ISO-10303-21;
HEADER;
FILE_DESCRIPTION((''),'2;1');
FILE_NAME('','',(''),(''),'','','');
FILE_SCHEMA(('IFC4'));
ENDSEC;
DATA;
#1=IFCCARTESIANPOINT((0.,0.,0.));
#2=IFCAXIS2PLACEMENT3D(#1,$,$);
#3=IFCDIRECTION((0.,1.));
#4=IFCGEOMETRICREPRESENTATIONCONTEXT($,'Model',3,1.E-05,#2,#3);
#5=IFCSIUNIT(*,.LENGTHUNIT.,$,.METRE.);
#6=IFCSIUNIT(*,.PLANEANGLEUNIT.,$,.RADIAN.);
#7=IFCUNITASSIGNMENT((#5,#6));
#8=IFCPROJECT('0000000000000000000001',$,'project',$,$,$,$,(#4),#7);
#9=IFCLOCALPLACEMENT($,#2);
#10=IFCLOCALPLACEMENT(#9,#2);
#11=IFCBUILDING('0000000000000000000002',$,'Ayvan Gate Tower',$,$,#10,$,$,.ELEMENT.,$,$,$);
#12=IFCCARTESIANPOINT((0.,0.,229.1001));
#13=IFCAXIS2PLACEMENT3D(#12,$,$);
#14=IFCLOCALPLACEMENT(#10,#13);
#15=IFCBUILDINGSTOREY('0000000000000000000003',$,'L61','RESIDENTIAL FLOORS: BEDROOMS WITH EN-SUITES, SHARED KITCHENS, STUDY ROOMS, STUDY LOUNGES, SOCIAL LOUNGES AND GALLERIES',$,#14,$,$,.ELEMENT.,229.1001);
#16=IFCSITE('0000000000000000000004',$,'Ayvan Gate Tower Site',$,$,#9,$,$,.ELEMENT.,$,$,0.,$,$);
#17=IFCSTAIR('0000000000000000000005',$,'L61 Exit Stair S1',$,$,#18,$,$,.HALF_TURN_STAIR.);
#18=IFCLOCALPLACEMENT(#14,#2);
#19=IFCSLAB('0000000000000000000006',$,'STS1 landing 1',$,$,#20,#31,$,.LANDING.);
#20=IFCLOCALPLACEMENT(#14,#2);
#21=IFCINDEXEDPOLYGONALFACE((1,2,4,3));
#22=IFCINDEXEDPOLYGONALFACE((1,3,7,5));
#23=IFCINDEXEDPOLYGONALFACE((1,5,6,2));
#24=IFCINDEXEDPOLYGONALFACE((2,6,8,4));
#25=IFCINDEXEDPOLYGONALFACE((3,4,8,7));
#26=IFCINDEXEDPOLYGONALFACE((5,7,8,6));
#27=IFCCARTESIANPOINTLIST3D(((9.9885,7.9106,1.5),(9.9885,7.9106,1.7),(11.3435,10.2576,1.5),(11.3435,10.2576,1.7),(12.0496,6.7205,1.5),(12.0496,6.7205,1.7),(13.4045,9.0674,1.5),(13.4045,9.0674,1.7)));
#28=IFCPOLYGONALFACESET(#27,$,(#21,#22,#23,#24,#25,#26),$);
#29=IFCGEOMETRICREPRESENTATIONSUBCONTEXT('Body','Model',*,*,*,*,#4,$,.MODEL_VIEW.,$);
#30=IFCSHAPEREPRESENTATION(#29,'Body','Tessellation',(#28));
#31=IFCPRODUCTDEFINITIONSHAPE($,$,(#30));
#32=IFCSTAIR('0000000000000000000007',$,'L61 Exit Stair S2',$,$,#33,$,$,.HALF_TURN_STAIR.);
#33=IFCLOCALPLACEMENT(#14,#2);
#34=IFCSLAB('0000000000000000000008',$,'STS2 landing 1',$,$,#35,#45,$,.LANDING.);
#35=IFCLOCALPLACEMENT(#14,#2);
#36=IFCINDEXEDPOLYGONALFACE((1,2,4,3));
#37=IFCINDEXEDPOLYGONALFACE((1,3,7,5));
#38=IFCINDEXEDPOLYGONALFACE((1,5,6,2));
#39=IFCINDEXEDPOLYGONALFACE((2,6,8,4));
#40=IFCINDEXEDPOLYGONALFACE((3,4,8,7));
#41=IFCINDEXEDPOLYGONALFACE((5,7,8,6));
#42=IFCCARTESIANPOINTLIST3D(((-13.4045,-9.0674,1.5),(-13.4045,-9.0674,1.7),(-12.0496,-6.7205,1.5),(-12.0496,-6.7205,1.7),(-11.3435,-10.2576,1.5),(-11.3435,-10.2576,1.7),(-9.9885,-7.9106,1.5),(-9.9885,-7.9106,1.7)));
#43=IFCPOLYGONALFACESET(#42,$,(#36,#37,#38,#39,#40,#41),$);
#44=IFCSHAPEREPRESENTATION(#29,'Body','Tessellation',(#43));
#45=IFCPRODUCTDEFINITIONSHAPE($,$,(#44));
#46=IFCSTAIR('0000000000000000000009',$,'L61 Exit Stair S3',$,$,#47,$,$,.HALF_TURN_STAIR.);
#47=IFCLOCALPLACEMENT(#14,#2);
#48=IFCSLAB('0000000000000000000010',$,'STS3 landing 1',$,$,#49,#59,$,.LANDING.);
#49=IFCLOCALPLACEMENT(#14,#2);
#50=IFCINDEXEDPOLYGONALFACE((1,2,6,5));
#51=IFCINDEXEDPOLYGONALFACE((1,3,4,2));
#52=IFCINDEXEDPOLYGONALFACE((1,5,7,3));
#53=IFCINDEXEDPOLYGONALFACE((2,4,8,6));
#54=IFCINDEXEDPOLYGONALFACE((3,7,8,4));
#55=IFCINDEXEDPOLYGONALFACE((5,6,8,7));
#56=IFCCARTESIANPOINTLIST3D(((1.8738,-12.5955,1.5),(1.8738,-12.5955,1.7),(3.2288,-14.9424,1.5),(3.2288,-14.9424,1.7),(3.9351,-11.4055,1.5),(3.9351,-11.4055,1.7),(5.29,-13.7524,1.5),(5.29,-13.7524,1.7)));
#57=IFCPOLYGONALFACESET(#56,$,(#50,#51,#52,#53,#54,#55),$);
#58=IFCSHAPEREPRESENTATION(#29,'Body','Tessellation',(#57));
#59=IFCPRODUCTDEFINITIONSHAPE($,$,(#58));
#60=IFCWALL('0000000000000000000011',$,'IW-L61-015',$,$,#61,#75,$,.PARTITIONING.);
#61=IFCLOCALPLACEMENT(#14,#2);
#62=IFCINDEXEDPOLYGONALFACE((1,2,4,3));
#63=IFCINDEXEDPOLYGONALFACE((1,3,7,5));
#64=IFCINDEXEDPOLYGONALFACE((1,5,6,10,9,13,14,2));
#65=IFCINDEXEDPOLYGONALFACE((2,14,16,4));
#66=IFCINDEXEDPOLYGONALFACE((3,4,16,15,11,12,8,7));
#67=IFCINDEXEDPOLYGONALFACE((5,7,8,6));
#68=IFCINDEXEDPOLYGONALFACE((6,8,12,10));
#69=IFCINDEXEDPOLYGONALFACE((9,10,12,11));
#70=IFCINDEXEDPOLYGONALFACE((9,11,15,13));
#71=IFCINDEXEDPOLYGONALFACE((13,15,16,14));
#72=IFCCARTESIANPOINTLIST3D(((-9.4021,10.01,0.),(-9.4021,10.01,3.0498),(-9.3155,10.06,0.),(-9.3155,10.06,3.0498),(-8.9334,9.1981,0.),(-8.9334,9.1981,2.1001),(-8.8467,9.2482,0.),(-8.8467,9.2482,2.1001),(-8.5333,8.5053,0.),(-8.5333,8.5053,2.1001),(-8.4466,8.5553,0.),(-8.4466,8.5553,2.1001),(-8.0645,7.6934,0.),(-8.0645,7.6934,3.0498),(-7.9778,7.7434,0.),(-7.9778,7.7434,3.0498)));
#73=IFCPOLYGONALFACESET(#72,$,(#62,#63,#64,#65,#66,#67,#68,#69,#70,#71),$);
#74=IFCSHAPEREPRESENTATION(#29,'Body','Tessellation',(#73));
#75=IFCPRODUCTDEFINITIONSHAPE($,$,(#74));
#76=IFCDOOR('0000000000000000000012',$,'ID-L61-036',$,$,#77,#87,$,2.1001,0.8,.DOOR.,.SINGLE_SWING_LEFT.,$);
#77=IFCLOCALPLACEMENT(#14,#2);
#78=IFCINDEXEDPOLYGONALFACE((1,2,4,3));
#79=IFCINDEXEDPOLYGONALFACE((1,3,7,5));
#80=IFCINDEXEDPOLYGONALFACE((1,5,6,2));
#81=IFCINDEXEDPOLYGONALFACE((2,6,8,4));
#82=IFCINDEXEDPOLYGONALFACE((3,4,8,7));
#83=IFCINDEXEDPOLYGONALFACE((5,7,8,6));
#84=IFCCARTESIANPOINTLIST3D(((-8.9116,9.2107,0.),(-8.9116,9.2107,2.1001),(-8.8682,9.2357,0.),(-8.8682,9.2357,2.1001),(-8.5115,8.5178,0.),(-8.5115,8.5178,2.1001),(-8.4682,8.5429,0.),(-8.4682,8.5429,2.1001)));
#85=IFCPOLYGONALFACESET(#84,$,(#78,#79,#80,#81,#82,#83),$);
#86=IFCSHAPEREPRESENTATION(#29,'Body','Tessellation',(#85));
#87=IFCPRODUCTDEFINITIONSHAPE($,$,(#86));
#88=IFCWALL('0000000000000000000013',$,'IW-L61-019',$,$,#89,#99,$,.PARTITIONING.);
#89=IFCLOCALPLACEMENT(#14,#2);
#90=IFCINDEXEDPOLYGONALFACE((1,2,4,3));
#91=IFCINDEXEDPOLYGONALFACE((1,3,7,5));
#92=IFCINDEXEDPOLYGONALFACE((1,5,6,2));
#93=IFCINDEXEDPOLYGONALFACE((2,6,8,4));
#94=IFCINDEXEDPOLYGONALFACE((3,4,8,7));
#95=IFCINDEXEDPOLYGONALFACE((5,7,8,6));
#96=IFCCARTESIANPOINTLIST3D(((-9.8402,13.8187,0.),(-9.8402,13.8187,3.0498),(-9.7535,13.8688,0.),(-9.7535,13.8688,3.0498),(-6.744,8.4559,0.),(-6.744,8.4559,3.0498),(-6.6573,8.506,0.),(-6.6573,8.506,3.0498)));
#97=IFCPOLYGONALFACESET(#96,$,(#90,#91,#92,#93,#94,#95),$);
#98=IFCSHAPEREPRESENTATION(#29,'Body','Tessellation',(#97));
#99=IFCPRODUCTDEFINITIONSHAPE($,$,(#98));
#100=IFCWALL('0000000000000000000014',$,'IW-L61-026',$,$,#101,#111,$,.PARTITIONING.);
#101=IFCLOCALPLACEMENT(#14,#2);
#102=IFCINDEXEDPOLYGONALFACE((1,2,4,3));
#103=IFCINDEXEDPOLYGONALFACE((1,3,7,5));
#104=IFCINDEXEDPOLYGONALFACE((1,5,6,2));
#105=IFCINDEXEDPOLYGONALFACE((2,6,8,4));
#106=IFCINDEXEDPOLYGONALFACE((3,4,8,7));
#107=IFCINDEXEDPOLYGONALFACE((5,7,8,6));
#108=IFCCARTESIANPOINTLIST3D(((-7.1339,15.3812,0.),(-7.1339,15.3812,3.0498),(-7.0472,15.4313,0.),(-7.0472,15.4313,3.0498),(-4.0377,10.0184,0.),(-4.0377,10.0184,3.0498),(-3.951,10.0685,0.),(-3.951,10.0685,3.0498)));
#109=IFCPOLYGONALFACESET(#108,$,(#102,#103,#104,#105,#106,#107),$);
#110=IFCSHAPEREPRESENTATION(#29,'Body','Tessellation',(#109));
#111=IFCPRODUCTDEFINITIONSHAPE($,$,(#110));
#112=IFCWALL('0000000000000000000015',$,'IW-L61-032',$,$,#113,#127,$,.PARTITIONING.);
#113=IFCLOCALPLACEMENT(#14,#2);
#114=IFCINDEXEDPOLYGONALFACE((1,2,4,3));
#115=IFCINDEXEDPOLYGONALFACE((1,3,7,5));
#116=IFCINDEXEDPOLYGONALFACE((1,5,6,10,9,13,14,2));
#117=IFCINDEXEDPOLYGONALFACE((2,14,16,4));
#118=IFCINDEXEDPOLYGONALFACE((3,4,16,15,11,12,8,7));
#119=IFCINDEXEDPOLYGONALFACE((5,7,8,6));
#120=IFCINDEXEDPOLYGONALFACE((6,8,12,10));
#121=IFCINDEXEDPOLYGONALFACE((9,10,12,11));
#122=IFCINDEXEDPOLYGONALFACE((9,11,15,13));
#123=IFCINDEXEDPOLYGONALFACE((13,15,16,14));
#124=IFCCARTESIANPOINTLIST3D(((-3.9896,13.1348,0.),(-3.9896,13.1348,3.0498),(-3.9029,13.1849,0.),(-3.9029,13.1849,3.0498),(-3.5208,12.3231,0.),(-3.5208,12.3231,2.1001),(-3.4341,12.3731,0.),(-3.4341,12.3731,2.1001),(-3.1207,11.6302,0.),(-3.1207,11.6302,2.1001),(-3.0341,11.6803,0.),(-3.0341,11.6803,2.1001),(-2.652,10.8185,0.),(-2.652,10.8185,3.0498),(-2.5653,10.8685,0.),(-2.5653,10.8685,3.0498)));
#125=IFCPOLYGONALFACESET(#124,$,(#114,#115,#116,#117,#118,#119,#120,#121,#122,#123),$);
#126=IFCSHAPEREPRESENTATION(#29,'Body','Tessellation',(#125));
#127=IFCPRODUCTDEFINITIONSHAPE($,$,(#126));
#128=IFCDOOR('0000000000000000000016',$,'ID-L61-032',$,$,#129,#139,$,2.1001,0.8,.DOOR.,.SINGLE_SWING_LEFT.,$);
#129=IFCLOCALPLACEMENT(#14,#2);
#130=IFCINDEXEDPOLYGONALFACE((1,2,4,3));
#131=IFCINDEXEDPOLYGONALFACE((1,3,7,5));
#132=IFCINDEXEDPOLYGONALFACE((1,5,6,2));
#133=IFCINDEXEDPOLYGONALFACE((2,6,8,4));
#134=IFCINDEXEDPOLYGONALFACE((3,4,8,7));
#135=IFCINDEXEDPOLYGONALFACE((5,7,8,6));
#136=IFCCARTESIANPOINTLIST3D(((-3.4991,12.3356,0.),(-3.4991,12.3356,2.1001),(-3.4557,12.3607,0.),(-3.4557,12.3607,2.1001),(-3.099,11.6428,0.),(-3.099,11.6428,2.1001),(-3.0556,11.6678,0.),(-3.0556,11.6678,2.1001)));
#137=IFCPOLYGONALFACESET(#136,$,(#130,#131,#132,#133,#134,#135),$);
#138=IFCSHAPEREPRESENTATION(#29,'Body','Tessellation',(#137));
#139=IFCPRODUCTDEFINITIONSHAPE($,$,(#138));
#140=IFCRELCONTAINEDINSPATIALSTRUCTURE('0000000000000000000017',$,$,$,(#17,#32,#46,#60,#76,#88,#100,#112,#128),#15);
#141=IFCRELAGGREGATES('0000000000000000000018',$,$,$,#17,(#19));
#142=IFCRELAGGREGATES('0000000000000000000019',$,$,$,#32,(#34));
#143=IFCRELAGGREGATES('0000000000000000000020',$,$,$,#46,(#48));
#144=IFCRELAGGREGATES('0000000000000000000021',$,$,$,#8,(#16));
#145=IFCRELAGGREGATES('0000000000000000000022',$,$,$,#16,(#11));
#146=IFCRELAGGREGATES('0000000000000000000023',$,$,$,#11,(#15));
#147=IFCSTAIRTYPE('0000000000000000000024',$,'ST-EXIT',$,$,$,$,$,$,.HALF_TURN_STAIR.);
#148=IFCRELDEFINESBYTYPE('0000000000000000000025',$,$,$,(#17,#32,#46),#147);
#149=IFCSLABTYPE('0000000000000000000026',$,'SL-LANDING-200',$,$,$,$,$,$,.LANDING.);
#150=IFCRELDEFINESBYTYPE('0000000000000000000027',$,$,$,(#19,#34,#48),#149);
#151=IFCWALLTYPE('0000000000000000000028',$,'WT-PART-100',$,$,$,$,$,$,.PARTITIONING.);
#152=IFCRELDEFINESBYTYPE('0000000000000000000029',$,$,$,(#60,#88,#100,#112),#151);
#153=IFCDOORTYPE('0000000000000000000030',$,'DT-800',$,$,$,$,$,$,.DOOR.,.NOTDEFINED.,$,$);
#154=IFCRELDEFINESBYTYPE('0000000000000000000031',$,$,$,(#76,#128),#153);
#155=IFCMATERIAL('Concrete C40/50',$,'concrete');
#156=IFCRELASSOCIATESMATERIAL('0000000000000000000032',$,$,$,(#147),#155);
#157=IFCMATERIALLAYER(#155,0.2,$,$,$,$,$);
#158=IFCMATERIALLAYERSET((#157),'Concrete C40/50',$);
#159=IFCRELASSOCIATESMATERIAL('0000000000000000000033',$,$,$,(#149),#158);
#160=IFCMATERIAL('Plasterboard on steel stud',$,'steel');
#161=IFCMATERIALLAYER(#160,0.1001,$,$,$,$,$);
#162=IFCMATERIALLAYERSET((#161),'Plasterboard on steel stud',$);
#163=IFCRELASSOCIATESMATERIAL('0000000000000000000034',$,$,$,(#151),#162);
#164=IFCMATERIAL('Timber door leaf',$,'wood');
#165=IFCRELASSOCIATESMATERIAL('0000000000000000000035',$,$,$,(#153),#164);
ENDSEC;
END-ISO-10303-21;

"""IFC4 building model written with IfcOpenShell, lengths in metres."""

from ifc_helpers import new_model, si_unit, direction, frame, frame_2d, origin, place, context, subcontext, project, spatial, polyline, rectangle, outline, extrude, material, layer, layer_set, type_object, element, fill, aggregate, save


model = new_model("IFC4")

# Units and contexts
model_context = context("Model", 3, precision=1e-05, world=origin(), true_north=direction((0.0, 1.0)))
body_context = subcontext(model_context, "Body", "Model", "MODEL_VIEW")
ifc_project = project(units=[si_unit("LENGTHUNIT", "METRE"), si_unit("PLANEANGLEUNIT", "RADIAN")], contexts=[model_context])

# Site, building, storey
site_placement = place(None, origin())
site = spatial("IfcSite", under=ifc_project, at=site_placement, Name="Ayvan Gate Tower Site", CompositionType="ELEMENT", RefElevation=0.0)
building_placement = place(site_placement, origin())
building = spatial("IfcBuilding", under=site, at=building_placement, Name="Ayvan Gate Tower", CompositionType="ELEMENT")
storey_placement = place(building_placement, frame((0.0, 0.0, 229.1001)))
storey = spatial("IfcBuildingStorey", under=building, at=storey_placement, Name="L61", Description="RESIDENTIAL FLOORS: BEDROOMS WITH EN-SUITES, SHARED KITCHENS, STUDY ROOMS, STUDY LOUNGES, SOCIAL LOUNGES AND GALLERIES", CompositionType="ELEMENT", Elevation=229.1001)

# Stairs, slabs
ifc_material_1 = material(Name="Concrete C40/50", Category="concrete")
stair_type = type_object("IfcStairType", Name="ST-EXIT", PredefinedType="HALF_TURN_STAIR", material=ifc_material_1)
stair_1_placement = place(storey_placement, origin())
stair_1 = element("IfcStair", 1, at=stair_1_placement, inside=storey, type_object=stair_type, Name="L61 Exit Stair S1", PredefinedType="HALF_TURN_STAIR")
ifc_layer_1 = layer(ifc_material_1, 0.2)
ifc_layer_set_1 = layer_set([ifc_layer_1], Name="Concrete C40/50")
slab_type = type_object("IfcSlabType", Name="SL-LANDING-200", PredefinedType="LANDING", material=ifc_layer_set_1)
slab_1_placement = place(storey_placement, frame((0.0, 0.0, 1.5)))
slab_1 = element("IfcSlab", 2, at=slab_1_placement, type_object=slab_type, Name="STS1 landing 1", PredefinedType="LANDING", context=body_context, shape_type="SweptSolid", body=[
    extrude(outline(polyline([(9.9885, 7.9106), (12.0496, 6.7205), (13.4045, 9.0674), (11.3435, 10.2576), (9.9885, 7.9106)])), origin(), (0.0, 0.0, 1.0), 0.2),
])
aggregate(stair_1, [slab_1])
stair_2_placement = place(storey_placement, origin())
stair_2 = element("IfcStair", 3, at=stair_2_placement, inside=storey, type_object=stair_type, Name="L61 Exit Stair S2", PredefinedType="HALF_TURN_STAIR")
slab_2_placement = place(storey_placement, frame((0.0, 0.0, 1.5)))
slab_2 = element("IfcSlab", 4, at=slab_2_placement, type_object=slab_type, Name="STS2 landing 1", PredefinedType="LANDING", context=body_context, shape_type="SweptSolid", body=[
    extrude(outline(polyline([(-9.9885, -7.9106), (-12.0496, -6.7205), (-13.4045, -9.0674), (-11.3435, -10.2576), (-9.9885, -7.9106)])), origin(), (0.0, 0.0, 1.0), 0.2),
])
aggregate(stair_2, [slab_2])
stair_3_placement = place(storey_placement, origin())
stair_3 = element("IfcStair", 5, at=stair_3_placement, inside=storey, type_object=stair_type, Name="L61 Exit Stair S3", PredefinedType="HALF_TURN_STAIR")
slab_3_placement = place(storey_placement, frame((0.0, 0.0, 1.5)))
slab_3 = element("IfcSlab", 6, at=slab_3_placement, type_object=slab_type, Name="STS3 landing 1", PredefinedType="LANDING", context=body_context, shape_type="SweptSolid", body=[
    extrude(outline(polyline([(3.9351, -11.4055), (1.8738, -12.5955), (3.2288, -14.9424), (5.29, -13.7524), (3.9351, -11.4055)])), origin(), (0.0, 0.0, 1.0), 0.2),
])
aggregate(stair_3, [slab_3])

# Wall, opening, door
ifc_material_2 = material(Name="Plasterboard on steel stud", Category="steel")
ifc_layer_2 = layer(ifc_material_2, 0.1001)
ifc_layer_set_2 = layer_set([ifc_layer_2], Name="Plasterboard on steel stud")
wall_type_1 = type_object("IfcWallType", Name="WT-PART-100", PredefinedType="PARTITIONING", material=ifc_layer_set_2)
wall_1_placement = place(storey_placement, frame((-8.0212, 7.7185, 0.0), z_axis=(0.0, 0.0, 1.0), x_axis=(-0.500036, 0.866005, 0.0)))
wall_1 = element("IfcWall", 7, at=wall_1_placement, inside=storey, type_object=wall_type_1, Name="IW-L61-015", PredefinedType="PARTITIONING", context=body_context, shape_type="SweptSolid", body=[
    extrude(rectangle(XDim=2.675, YDim=0.1001, at=frame_2d((1.3374, 0.0))), origin(), (0.0, 0.0, 1.0), 3.0498),
])
opening_1_placement = place(wall_1_placement, frame((0.9375, 0.0, 0.0)))
opening_1 = element("IfcOpeningElement", 8, at=opening_1_placement, cuts=wall_1, PredefinedType="OPENING", context=body_context, shape_type="SweptSolid", body=[
    extrude(rectangle(XDim=0.8, YDim=2.1001, at=frame_2d((0.3999, 1.05))), frame((0.0, 0.0601, 0.0), z_axis=(0.0, -1.0, 0.0), x_axis=(1.0, 0.0, 0.0)), (0.0, 0.0, 1.0), 0.1201),
])
ifc_material_3 = material(Name="Timber door leaf", Category="wood")
door_type_1 = type_object("IfcDoorType", Name="DT-800", OperationType="NOTDEFINED", PredefinedType="DOOR", material=ifc_material_3)
door_1_placement = place(opening_1_placement, origin())
door_1 = element("IfcDoor", 9, at=door_1_placement, inside=storey, type_object=door_type_1, Name="ID-L61-036", OperationType="SINGLE_SWING_LEFT", OverallHeight=2.1001, OverallWidth=0.8, PredefinedType="DOOR", context=body_context, shape_type="SweptSolid", body=[
    extrude(rectangle(XDim=0.8, YDim=2.1001, at=frame_2d((0.3999, 1.05))), frame((0.0, 0.0249, 0.0), z_axis=(0.0, -1.0, 0.0), x_axis=(1.0, 0.0, 0.0)), (0.0, 0.0, 1.0), 0.05),
])
fill(opening_1, door_1)

# Walls
for number, where, z_axis, x_axis, name in (
    (10, (-6.7007, 8.481, 0.0), (0.0, 0.0, 1.0), (-0.499998, 0.866027, 0.0), "IW-L61-019"),
    (11, (-3.9944, 10.0435, 0.0), (0.0, 0.0, 1.0), (-0.499998, 0.866027, 0.0), "IW-L61-026"),
):
    element("IfcWall", number, at=place(storey_placement, frame(where, z_axis=z_axis, x_axis=x_axis)), inside=storey, type_object=wall_type_1, Name=name, PredefinedType="PARTITIONING", context=body_context, shape_type="SweptSolid", body=[
        extrude(rectangle(XDim=6.1924, YDim=0.1001, at=frame_2d((3.0962, 0.0))), origin(), (0.0, 0.0, 1.0), 3.0498),
    ])

# Wall, opening, door
wall_2_placement = place(storey_placement, frame((-2.6086, 10.8435, 0.0), z_axis=(0.0, 0.0, 1.0), x_axis=(-0.500075, 0.865982, 0.0)))
wall_2 = element("IfcWall", 12, at=wall_2_placement, inside=storey, type_object=wall_type_1, Name="IW-L61-032", PredefinedType="PARTITIONING", context=body_context, shape_type="SweptSolid", body=[
    extrude(rectangle(XDim=2.6748, YDim=0.1001, at=frame_2d((1.3374, 0.0))), origin(), (0.0, 0.0, 1.0), 3.0498),
])
opening_2_placement = place(wall_2_placement, frame((0.9375, 0.0, 0.0)))
opening_2 = element("IfcOpeningElement", 13, at=opening_2_placement, cuts=wall_2, PredefinedType="OPENING", context=body_context, shape_type="SweptSolid", body=[
    extrude(rectangle(XDim=0.8, YDim=2.1001, at=frame_2d((0.3999, 1.05))), frame((0.0, 0.0601, 0.0), z_axis=(0.0, -1.0, 0.0), x_axis=(1.0, 0.0, 0.0)), (0.0, 0.0, 1.0), 0.1201),
])
door_2_placement = place(opening_2_placement, origin())
door_2 = element("IfcDoor", 14, at=door_2_placement, inside=storey, type_object=door_type_1, Name="ID-L61-032", OperationType="SINGLE_SWING_LEFT", OverallHeight=2.1001, OverallWidth=0.8, PredefinedType="DOOR", context=body_context, shape_type="SweptSolid", body=[
    extrude(rectangle(XDim=0.8, YDim=2.1001, at=frame_2d((0.3999, 1.05))), frame((0.0, 0.0249, 0.0), z_axis=(0.0, -1.0, 0.0), x_axis=(1.0, 0.0, 0.0)), (0.0, 0.0, 1.0), 0.05),
])
fill(opening_2, door_2)

save(model, "model.ifc")
